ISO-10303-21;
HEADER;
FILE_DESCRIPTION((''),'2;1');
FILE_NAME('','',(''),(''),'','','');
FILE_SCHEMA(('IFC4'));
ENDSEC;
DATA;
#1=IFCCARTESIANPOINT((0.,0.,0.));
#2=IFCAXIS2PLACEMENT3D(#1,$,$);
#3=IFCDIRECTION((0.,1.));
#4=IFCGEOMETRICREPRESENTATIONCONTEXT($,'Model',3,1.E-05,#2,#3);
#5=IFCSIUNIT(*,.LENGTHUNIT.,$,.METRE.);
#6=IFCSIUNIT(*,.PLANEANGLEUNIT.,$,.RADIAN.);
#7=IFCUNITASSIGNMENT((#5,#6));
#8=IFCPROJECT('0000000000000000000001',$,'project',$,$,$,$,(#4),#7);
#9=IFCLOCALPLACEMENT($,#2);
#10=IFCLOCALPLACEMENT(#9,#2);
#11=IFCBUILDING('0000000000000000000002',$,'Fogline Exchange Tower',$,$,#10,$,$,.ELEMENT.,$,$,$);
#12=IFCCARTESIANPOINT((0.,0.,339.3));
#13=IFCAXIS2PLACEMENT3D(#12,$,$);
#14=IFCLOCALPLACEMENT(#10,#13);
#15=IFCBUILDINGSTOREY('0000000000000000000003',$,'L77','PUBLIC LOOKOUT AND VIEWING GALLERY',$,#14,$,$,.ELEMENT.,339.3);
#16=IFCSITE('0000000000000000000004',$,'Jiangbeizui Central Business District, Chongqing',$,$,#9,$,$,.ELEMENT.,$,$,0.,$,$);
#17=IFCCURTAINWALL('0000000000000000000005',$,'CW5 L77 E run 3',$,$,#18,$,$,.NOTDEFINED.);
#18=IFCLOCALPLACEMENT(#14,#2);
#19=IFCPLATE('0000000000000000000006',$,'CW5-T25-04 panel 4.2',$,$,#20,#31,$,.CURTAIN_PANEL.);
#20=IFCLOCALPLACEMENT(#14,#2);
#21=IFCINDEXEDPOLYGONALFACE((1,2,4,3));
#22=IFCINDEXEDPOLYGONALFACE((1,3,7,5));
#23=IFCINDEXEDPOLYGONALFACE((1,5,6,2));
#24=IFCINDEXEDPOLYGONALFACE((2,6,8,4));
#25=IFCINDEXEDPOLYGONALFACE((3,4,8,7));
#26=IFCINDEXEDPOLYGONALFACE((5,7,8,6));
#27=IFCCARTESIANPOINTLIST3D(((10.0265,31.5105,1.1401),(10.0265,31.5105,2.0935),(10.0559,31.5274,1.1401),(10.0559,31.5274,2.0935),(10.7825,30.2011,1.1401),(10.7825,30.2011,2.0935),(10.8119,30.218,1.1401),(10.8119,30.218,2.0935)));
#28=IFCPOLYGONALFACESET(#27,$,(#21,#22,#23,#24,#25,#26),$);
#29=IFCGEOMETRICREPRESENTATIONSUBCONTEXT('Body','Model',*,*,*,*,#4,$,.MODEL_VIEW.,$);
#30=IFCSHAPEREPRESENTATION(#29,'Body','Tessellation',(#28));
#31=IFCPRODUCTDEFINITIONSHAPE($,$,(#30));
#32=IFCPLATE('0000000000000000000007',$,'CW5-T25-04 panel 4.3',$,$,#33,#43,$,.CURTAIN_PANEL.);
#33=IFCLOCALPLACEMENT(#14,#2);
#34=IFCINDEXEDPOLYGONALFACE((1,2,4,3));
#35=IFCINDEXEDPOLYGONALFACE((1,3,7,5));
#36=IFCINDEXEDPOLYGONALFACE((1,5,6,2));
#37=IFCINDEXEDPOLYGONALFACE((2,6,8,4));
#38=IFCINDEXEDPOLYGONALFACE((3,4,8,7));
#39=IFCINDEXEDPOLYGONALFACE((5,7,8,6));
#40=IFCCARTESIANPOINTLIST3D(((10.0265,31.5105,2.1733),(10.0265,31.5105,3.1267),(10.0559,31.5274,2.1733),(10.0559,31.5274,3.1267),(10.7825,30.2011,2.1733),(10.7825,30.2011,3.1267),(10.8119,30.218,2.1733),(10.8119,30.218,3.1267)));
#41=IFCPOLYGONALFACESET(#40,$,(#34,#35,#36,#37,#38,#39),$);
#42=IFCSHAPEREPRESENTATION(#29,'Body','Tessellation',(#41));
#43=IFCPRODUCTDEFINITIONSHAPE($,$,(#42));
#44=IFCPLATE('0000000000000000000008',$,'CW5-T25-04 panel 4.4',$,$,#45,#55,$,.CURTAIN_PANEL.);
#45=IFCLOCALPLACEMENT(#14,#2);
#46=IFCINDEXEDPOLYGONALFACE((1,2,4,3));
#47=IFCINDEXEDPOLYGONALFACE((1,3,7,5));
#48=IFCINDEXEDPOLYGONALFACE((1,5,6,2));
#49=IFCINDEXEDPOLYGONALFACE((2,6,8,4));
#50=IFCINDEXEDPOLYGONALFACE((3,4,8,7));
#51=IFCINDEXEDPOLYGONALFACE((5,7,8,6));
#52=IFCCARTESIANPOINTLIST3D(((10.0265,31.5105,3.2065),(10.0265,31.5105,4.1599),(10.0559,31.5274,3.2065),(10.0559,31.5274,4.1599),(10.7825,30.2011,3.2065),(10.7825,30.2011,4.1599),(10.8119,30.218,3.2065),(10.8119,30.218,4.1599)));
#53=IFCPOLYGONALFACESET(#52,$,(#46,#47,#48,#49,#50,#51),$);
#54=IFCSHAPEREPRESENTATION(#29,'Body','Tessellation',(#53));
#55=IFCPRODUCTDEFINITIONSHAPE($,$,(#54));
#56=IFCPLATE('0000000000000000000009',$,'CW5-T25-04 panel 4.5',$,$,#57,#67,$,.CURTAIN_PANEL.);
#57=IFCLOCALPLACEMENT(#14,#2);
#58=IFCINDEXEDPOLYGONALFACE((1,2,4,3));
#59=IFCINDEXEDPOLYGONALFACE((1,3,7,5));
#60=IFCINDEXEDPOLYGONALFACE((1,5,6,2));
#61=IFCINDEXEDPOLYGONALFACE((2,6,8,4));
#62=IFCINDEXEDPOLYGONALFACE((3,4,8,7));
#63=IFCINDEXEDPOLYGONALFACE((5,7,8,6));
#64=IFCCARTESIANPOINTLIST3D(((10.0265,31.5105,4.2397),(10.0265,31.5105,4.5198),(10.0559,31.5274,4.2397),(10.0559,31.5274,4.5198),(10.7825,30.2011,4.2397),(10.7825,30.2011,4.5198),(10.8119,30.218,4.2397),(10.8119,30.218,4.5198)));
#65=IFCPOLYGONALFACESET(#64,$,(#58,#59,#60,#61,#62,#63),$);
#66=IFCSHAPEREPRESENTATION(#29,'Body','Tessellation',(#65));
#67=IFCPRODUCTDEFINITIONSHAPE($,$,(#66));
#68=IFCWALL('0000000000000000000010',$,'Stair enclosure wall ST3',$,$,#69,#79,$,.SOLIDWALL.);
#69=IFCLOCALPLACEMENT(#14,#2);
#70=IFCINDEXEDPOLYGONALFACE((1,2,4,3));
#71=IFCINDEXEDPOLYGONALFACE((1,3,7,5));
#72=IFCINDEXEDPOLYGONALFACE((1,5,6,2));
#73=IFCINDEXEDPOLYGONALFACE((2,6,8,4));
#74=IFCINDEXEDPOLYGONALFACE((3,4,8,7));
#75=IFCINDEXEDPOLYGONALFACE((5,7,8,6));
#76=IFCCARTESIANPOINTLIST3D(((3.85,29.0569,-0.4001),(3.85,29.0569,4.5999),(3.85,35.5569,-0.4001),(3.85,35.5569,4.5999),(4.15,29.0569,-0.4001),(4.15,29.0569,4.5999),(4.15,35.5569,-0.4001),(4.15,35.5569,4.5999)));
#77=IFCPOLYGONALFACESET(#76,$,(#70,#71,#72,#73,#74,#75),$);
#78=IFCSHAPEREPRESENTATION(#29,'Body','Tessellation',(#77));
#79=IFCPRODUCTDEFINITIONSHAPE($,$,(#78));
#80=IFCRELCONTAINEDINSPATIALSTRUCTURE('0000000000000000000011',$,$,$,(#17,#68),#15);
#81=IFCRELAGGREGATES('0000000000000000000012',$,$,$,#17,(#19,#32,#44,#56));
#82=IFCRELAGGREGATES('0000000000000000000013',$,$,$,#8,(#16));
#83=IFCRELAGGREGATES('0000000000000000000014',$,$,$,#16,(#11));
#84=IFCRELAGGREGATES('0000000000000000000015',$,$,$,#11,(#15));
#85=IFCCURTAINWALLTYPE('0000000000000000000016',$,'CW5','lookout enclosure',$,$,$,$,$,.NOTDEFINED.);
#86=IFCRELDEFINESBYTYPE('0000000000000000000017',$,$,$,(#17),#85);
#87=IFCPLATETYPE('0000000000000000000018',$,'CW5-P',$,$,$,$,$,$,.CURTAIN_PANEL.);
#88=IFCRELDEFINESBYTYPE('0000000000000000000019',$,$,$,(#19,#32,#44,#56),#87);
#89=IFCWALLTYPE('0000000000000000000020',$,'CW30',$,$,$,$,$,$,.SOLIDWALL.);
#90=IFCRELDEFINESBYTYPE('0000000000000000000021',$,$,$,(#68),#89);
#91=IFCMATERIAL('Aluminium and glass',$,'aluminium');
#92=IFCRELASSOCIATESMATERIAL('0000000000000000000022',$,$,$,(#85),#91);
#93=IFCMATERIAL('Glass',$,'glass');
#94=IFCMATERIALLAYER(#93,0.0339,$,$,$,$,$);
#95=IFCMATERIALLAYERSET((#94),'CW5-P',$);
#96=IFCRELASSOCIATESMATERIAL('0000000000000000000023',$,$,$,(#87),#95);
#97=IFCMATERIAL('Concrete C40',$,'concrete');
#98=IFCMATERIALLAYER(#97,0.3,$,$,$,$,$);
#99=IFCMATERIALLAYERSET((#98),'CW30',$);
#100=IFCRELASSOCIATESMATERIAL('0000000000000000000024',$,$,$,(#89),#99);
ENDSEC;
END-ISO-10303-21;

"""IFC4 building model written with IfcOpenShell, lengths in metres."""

from ifc_helpers import new_model, si_unit, direction, frame, frame_2d, origin, origin_2d, place, context, subcontext, project, spatial, rectangle, extrude, material, layer, layer_set, type_object, element, aggregate, save


model = new_model("IFC4")

# Units and contexts
model_context = context("Model", 3, precision=1e-05, world=origin(), true_north=direction((0.0, 1.0)))
body_context = subcontext(model_context, "Body", "Model", "MODEL_VIEW")
ifc_project = project(units=[si_unit("LENGTHUNIT", "METRE"), si_unit("PLANEANGLEUNIT", "RADIAN")], contexts=[model_context])

# Site, building, storey
site_placement = place(None, origin())
site = spatial("IfcSite", under=ifc_project, at=site_placement, Name="Jiangbeizui Central Business District, Chongqing", CompositionType="ELEMENT", RefElevation=0.0)
building_placement = place(site_placement, origin())
building = spatial("IfcBuilding", under=site, at=building_placement, Name="Fogline Exchange Tower", CompositionType="ELEMENT")
storey_placement = place(building_placement, frame((0.0, 0.0, 339.3)))
storey = spatial("IfcBuildingStorey", under=building, at=storey_placement, Name="L77", Description="PUBLIC LOOKOUT AND VIEWING GALLERY", CompositionType="ELEMENT", Elevation=339.3)

# Shared definitions
ifc_material_1 = material(Name="Concrete C40", Category="concrete")

# Curtain wall, plates
ifc_material_2 = material(Name="Aluminium and glass", Category="aluminium")
curtain_wall_type = type_object("IfcCurtainWallType", Name="CW5", Description="lookout enclosure", PredefinedType="NOTDEFINED", material=ifc_material_2)
curtain_wall_placement = place(storey_placement, origin())
curtain_wall = element("IfcCurtainWall", 1, at=curtain_wall_placement, inside=storey, type_object=curtain_wall_type, Name="CW5 L77 E run 3", PredefinedType="NOTDEFINED")
ifc_material_3 = material(Name="Glass", Category="glass")
ifc_layer_1 = layer(ifc_material_3, 0.0339)
ifc_layer_set_1 = layer_set([ifc_layer_1], Name="CW5-P")
plate_type = type_object("IfcPlateType", Name="CW5-P", PredefinedType="CURTAIN_PANEL", material=ifc_layer_set_1)
plate_1_placement = place(storey_placement, frame((10.4192, 30.8643, 1.1401), z_axis=(0.0, 0.0, 1.0), x_axis=(-0.5, 0.866025, 0.0)))
plate_1 = element("IfcPlate", 2, at=plate_1_placement, type_object=plate_type, Name="CW5-T25-04 panel 4.2", PredefinedType="CURTAIN_PANEL", context=body_context, shape_type="SweptSolid", body=[
    extrude(rectangle(XDim=1.512, YDim=0.0339, at=origin_2d()), origin(), (0.0, 0.0, 1.0), 0.9534),
])
plate_2_placement = place(storey_placement, frame((10.4192, 30.8643, 2.1733), z_axis=(0.0, 0.0, 1.0), x_axis=(-0.5, 0.866025, 0.0)))
plate_2 = element("IfcPlate", 3, at=plate_2_placement, type_object=plate_type, Name="CW5-T25-04 panel 4.3", PredefinedType="CURTAIN_PANEL", context=body_context, shape_type="SweptSolid", body=[
    extrude(rectangle(XDim=1.512, YDim=0.0339, at=origin_2d()), origin(), (0.0, 0.0, 1.0), 0.9534),
])
plate_3_placement = place(storey_placement, frame((10.4192, 30.8643, 3.2065), z_axis=(0.0, 0.0, 1.0), x_axis=(-0.5, 0.866025, 0.0)))
plate_3 = element("IfcPlate", 4, at=plate_3_placement, type_object=plate_type, Name="CW5-T25-04 panel 4.4", PredefinedType="CURTAIN_PANEL", context=body_context, shape_type="SweptSolid", body=[
    extrude(rectangle(XDim=1.512, YDim=0.0339, at=origin_2d()), origin(), (0.0, 0.0, 1.0), 0.9534),
])
plate_4_placement = place(storey_placement, frame((10.4192, 30.8643, 4.2397), z_axis=(0.0, 0.0, 1.0), x_axis=(-0.5, 0.866025, 0.0)))
plate_4 = element("IfcPlate", 5, at=plate_4_placement, type_object=plate_type, Name="CW5-T25-04 panel 4.5", PredefinedType="CURTAIN_PANEL", context=body_context, shape_type="SweptSolid", body=[
    extrude(rectangle(XDim=1.512, YDim=0.0339, at=origin_2d()), origin(), (0.0, 0.0, 1.0), 0.28),
])
aggregate(curtain_wall, [plate_1, plate_2, plate_3, plate_4])

# Wall
ifc_layer_2 = layer(ifc_material_1, 0.3)
ifc_layer_set_2 = layer_set([ifc_layer_2], Name="CW30")
wall_type = type_object("IfcWallType", Name="CW30", PredefinedType="SOLIDWALL", material=ifc_layer_set_2)
wall_placement = place(storey_placement, frame((4.0, 29.0569, -0.4001), z_axis=(0.0, 0.0, 1.0), x_axis=(0.0, 1.0, 0.0)))
element("IfcWall", 6, at=wall_placement, inside=storey, type_object=wall_type, Name="Stair enclosure wall ST3", PredefinedType="SOLIDWALL", context=body_context, shape_type="SweptSolid", body=[
    extrude(rectangle(XDim=6.5, YDim=0.3, at=frame_2d((3.25, 0.0))), origin(), (0.0, 0.0, 1.0), 5.0),
])

save(model, "model.ifc")
